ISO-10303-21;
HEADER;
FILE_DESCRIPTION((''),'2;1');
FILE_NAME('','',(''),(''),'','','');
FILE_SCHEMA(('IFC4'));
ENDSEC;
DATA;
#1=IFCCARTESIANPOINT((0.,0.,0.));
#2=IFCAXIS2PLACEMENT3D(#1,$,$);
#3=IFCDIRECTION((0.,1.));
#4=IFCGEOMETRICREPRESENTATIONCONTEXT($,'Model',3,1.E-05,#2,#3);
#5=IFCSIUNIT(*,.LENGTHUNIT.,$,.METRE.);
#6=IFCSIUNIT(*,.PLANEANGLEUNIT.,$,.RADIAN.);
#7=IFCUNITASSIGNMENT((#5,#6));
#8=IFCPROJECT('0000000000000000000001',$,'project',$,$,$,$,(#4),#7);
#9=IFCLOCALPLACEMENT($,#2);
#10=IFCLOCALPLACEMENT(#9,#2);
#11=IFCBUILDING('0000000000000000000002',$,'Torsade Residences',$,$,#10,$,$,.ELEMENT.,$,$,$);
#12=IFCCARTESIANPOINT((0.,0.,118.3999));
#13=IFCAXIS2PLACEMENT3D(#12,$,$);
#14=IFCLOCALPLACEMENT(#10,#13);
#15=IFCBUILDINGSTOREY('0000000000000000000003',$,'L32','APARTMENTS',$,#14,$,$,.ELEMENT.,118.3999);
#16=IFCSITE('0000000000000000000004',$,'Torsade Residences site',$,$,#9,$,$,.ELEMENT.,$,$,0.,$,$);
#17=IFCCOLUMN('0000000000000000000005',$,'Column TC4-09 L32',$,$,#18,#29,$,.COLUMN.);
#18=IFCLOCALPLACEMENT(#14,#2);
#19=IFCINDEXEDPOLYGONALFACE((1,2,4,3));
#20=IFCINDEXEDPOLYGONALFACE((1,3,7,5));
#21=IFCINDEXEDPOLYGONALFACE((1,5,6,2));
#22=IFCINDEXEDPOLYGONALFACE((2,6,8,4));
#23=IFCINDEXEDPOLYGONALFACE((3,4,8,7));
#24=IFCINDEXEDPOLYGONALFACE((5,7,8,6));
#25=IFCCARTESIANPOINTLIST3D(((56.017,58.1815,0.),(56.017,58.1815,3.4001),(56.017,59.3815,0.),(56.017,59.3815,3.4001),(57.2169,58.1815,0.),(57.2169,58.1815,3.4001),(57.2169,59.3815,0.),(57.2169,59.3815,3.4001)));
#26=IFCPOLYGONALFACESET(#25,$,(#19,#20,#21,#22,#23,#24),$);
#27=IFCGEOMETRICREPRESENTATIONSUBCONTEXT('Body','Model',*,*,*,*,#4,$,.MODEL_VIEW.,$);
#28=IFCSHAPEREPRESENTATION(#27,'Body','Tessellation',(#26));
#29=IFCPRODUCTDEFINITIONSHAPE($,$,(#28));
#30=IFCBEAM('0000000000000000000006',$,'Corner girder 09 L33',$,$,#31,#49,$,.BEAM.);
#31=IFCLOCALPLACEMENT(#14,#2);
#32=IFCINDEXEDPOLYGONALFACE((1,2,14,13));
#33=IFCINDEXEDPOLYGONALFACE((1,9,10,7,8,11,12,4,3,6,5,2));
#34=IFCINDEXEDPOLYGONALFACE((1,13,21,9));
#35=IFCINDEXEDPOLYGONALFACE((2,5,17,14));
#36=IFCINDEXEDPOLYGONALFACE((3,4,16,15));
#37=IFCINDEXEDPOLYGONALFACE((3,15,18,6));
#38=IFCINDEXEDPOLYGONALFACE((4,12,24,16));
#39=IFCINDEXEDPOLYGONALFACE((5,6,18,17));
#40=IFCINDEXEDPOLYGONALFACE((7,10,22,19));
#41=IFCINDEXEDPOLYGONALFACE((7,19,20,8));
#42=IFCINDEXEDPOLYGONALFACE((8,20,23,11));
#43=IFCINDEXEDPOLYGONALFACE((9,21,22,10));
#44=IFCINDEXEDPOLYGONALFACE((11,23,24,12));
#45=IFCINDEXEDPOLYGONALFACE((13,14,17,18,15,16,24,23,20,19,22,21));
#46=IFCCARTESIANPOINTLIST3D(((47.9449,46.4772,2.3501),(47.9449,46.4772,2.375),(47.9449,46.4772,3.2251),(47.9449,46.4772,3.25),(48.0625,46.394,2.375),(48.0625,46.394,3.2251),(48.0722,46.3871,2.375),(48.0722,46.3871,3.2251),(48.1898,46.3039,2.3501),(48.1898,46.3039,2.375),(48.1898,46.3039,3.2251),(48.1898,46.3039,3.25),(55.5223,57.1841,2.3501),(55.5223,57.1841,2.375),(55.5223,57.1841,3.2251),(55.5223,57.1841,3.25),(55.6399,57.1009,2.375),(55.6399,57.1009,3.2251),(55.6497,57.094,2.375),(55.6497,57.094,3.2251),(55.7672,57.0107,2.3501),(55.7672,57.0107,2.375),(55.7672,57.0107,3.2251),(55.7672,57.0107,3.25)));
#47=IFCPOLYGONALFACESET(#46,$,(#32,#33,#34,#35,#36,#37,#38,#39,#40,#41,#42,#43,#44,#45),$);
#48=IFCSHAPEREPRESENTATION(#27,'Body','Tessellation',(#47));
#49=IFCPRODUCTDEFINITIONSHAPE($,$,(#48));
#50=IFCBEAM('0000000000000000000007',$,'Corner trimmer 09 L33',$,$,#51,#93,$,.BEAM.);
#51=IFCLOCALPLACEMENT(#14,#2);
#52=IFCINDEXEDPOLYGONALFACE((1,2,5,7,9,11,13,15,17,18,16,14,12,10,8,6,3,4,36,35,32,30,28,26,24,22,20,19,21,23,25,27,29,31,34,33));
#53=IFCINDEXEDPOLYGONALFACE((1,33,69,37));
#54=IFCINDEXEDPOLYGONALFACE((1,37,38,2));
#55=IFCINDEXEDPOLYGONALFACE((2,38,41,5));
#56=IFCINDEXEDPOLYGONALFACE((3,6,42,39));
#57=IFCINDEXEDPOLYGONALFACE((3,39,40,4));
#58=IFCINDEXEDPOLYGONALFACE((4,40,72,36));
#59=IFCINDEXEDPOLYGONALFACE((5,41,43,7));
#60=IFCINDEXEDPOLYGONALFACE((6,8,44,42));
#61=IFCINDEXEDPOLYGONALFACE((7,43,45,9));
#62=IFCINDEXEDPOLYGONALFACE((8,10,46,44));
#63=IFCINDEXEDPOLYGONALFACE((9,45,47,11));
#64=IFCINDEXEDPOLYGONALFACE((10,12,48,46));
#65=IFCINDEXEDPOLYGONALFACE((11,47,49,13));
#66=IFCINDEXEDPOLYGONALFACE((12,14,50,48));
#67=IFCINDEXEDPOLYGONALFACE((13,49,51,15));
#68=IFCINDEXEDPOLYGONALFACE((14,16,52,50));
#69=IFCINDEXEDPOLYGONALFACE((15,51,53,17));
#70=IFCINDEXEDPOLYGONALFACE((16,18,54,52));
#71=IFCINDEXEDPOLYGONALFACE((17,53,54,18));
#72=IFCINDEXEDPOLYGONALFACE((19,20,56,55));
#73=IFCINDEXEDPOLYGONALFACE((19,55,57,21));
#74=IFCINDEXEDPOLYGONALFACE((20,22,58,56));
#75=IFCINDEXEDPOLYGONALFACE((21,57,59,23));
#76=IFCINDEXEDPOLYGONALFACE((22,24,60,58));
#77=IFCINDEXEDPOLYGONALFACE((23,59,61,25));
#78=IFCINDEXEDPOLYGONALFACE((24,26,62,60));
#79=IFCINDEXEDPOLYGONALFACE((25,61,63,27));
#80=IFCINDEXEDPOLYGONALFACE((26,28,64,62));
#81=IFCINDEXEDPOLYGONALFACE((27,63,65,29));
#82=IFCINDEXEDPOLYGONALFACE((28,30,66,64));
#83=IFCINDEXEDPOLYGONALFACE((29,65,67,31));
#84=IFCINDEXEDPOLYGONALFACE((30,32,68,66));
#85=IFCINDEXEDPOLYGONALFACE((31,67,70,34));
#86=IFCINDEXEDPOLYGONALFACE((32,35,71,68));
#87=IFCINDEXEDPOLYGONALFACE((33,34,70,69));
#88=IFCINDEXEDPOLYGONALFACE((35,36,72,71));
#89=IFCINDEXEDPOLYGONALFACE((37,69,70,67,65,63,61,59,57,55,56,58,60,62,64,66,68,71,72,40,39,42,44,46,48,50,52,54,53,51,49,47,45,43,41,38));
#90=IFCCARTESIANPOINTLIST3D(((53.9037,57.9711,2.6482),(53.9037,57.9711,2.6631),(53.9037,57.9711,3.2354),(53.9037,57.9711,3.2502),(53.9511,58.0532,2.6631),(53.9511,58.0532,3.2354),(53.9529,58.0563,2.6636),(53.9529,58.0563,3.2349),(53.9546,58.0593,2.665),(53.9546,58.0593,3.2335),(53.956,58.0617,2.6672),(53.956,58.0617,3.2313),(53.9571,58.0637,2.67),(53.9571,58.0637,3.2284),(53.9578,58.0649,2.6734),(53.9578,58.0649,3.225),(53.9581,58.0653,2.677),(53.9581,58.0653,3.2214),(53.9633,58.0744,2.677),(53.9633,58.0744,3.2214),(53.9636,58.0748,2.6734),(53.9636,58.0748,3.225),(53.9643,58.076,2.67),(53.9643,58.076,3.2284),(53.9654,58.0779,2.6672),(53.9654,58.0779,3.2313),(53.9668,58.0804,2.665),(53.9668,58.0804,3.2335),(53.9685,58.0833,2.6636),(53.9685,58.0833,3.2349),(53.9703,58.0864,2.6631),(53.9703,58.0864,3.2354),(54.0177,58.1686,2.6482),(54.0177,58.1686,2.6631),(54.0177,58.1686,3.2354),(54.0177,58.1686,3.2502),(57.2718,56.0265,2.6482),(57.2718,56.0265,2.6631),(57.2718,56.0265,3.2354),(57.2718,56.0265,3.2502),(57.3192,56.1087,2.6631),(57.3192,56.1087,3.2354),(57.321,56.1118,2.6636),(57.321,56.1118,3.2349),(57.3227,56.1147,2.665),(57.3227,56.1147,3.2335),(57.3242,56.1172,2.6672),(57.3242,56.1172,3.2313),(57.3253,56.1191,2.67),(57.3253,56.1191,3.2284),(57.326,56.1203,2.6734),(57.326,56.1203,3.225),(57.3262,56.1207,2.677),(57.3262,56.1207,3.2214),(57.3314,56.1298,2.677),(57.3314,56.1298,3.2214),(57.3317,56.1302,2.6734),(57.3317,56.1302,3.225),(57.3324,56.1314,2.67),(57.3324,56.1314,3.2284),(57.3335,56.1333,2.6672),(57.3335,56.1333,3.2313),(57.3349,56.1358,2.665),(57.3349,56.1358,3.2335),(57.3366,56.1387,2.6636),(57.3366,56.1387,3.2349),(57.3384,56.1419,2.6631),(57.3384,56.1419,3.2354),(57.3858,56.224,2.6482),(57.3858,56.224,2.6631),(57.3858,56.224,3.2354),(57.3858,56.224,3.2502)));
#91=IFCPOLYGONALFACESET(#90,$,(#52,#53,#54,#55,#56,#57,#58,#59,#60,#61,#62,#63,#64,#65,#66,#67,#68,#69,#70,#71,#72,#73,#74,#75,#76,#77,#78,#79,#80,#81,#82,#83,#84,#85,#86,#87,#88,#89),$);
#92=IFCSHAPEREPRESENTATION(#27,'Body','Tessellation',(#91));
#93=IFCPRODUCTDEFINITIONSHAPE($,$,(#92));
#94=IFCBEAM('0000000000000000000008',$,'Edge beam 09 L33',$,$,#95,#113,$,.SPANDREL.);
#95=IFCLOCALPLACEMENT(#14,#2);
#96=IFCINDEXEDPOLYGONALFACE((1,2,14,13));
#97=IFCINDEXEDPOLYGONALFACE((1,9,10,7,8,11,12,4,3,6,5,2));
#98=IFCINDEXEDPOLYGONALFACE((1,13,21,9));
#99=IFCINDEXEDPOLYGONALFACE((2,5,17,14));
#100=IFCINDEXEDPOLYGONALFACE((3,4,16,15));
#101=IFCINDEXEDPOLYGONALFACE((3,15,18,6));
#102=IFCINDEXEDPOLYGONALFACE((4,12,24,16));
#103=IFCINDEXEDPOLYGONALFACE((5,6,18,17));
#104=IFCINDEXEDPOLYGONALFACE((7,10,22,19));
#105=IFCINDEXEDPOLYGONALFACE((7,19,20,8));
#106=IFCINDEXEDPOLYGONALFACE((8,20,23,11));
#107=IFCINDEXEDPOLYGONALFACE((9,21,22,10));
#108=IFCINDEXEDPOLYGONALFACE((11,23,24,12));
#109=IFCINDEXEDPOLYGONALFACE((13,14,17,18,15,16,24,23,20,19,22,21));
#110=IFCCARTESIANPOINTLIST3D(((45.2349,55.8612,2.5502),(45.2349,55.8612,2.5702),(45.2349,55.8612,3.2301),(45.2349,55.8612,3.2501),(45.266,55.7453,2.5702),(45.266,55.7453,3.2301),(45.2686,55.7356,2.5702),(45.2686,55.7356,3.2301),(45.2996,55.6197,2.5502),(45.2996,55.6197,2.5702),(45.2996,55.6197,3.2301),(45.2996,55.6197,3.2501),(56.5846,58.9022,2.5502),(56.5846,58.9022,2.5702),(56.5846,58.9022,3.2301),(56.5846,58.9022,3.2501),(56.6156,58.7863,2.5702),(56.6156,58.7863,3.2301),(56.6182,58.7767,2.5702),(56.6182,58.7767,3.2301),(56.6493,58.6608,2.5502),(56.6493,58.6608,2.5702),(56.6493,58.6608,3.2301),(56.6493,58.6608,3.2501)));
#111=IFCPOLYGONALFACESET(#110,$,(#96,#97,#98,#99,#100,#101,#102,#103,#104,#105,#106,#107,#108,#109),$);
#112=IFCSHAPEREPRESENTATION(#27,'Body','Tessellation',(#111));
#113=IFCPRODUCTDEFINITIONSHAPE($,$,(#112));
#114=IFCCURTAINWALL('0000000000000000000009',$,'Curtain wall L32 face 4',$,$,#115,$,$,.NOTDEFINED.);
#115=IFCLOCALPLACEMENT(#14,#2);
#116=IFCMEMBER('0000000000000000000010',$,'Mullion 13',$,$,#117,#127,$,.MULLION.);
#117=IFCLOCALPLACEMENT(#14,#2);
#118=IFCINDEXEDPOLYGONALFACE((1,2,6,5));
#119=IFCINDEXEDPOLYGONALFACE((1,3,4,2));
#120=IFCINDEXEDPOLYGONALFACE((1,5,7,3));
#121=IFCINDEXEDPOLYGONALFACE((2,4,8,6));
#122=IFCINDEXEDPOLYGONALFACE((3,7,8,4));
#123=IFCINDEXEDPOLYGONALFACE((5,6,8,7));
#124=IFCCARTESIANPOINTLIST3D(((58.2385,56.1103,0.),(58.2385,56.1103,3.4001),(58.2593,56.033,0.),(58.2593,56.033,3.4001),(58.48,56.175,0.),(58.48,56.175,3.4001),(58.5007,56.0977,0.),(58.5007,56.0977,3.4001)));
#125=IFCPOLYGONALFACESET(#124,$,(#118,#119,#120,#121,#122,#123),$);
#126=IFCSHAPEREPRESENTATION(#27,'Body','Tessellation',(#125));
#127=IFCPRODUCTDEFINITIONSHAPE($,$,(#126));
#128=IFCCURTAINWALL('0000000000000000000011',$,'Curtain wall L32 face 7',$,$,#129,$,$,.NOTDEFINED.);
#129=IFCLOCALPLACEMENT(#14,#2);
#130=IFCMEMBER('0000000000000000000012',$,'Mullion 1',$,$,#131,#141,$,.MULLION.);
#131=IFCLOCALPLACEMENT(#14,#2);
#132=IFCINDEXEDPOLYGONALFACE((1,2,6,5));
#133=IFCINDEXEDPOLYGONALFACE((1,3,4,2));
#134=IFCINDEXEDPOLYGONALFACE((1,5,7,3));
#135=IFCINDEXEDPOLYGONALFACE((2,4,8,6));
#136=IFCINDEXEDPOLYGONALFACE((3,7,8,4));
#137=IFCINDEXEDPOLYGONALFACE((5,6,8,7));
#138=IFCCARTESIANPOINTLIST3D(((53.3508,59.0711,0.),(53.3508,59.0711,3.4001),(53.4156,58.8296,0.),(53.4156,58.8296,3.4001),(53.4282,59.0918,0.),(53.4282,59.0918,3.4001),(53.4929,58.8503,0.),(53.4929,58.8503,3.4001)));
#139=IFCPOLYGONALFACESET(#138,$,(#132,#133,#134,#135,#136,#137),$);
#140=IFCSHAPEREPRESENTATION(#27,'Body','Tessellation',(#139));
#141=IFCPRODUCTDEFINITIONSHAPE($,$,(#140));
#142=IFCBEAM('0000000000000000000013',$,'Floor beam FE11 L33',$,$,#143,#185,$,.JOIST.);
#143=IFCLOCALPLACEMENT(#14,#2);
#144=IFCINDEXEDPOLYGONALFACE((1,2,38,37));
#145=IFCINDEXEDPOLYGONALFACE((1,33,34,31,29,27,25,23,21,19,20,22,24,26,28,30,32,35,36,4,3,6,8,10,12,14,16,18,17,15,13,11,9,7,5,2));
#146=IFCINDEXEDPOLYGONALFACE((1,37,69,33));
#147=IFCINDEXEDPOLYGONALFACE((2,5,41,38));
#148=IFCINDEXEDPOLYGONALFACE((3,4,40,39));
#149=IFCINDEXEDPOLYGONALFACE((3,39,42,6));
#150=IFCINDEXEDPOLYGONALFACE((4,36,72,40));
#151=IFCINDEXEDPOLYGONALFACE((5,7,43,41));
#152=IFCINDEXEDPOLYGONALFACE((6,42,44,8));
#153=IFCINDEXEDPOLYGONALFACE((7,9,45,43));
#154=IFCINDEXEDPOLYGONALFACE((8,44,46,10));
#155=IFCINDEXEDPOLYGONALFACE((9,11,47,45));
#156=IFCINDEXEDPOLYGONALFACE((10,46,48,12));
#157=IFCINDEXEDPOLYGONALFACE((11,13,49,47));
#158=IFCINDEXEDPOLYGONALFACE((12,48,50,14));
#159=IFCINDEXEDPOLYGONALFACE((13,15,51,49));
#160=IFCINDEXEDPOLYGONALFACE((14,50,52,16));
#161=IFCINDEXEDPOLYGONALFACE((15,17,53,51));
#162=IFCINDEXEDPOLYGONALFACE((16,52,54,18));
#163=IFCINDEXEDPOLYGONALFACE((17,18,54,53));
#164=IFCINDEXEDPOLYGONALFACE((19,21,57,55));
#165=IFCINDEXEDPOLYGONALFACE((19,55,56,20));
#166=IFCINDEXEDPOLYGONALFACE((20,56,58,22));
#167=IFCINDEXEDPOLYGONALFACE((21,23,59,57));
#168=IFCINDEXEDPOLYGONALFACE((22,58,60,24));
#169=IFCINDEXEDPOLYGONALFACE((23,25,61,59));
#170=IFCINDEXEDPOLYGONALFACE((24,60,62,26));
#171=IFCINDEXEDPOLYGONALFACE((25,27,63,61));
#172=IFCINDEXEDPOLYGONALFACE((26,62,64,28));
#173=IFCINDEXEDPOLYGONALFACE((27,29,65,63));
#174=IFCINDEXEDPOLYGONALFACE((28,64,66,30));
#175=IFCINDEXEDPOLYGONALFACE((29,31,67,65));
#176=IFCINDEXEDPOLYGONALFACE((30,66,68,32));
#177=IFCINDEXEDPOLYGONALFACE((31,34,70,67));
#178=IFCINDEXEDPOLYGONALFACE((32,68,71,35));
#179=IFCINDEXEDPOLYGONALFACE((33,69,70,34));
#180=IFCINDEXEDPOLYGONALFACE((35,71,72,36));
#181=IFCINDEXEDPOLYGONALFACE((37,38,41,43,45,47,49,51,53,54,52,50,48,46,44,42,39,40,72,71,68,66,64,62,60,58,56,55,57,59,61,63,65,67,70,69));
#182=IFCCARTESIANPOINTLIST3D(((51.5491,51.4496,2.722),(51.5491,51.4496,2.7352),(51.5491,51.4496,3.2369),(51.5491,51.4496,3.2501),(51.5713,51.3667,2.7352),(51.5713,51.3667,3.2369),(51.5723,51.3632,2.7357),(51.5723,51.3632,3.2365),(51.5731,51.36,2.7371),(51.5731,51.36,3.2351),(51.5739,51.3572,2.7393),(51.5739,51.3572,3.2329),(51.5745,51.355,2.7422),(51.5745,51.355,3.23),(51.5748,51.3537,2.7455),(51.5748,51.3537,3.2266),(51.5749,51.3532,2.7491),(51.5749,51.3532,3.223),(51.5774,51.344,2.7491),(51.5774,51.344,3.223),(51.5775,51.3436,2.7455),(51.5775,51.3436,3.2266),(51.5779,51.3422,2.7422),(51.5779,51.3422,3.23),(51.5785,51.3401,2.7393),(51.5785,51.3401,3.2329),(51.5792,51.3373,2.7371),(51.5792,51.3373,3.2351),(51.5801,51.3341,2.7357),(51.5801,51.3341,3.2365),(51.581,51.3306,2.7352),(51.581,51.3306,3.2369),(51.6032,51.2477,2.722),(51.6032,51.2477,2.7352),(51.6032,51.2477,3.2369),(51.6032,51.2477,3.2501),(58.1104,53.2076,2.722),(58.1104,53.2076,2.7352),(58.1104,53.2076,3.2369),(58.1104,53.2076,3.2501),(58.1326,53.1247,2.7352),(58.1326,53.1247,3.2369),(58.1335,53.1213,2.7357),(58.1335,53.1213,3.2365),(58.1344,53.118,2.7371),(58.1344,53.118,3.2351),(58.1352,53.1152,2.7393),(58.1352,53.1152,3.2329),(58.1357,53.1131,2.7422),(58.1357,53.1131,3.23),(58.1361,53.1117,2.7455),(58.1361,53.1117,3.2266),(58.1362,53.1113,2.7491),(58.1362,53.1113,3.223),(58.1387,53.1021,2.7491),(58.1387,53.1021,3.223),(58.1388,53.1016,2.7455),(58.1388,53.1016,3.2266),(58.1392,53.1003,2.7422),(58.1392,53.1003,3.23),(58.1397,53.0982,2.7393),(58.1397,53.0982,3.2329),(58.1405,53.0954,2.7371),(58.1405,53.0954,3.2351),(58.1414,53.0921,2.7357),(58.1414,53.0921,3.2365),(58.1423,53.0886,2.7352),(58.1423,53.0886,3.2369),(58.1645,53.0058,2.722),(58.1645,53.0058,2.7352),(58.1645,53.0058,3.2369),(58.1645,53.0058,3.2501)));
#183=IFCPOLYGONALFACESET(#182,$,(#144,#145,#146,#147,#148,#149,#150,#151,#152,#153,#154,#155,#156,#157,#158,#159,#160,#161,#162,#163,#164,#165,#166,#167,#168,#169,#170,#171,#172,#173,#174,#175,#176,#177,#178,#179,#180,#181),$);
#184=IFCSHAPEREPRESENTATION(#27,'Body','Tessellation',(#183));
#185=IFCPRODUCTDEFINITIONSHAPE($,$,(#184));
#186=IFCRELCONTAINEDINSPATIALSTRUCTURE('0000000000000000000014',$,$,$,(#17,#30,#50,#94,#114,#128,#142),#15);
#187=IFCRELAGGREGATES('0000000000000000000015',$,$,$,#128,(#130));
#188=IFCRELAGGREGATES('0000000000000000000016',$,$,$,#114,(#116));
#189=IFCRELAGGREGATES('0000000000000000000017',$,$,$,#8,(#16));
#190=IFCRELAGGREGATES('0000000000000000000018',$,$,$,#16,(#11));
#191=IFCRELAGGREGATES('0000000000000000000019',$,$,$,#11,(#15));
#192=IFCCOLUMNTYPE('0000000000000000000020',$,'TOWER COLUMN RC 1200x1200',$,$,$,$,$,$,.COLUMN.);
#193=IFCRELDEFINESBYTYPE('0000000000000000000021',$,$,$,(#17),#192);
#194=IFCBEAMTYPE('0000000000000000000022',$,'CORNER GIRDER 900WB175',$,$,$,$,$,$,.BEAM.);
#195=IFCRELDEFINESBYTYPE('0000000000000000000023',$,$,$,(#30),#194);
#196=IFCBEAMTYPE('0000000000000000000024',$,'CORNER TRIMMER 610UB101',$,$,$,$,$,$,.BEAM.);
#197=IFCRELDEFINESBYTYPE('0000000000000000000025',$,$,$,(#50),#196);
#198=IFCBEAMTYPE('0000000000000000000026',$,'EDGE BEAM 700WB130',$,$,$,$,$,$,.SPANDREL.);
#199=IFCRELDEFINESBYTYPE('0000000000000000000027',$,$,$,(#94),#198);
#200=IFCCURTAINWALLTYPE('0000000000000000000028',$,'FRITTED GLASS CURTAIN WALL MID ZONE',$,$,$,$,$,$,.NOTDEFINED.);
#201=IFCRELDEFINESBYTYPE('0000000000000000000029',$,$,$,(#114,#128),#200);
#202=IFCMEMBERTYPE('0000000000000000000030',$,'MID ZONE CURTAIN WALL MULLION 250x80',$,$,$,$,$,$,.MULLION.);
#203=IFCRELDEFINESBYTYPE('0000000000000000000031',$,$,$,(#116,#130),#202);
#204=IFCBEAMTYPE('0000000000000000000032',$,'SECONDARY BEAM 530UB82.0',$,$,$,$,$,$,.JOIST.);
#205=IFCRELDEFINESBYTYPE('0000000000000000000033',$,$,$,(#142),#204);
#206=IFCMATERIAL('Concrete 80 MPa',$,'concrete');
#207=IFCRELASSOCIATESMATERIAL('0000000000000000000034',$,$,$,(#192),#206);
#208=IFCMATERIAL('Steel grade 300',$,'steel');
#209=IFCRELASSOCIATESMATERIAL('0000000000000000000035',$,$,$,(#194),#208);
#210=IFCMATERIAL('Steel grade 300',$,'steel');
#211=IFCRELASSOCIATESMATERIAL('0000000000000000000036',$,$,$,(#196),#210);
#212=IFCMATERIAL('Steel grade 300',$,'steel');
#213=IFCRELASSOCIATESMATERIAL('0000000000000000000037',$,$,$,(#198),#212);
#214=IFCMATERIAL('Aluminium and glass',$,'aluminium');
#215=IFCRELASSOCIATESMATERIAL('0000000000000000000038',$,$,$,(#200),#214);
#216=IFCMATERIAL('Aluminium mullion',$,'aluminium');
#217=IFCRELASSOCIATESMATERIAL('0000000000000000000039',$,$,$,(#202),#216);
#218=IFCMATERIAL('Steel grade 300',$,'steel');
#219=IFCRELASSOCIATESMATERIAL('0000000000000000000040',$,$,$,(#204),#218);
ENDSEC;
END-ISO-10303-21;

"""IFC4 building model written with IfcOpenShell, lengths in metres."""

from ifc_helpers import new_model, si_unit, direction, frame, origin, origin_2d, place, context, subcontext, project, spatial, rectangle, i_section, extrude, material, material_profile, profile_set, type_object, element, aggregate, save


model = new_model("IFC4")

# Units and contexts
model_context = context("Model", 3, precision=1e-05, world=origin(), true_north=direction((0.0, 1.0)))
body_context = subcontext(model_context, "Body", "Model", "MODEL_VIEW")
ifc_project = project(units=[si_unit("LENGTHUNIT", "METRE"), si_unit("PLANEANGLEUNIT", "RADIAN")], contexts=[model_context])

# Site, building, storey
site_placement = place(None, origin())
site = spatial("IfcSite", under=ifc_project, at=site_placement, Name="Torsade Residences site", CompositionType="ELEMENT", RefElevation=0.0)
building_placement = place(site_placement, origin())
building = spatial("IfcBuilding", under=site, at=building_placement, Name="Torsade Residences", CompositionType="ELEMENT")
storey_placement = place(building_placement, frame((0.0, 0.0, 118.3999)))
storey = spatial("IfcBuildingStorey", under=building, at=storey_placement, Name="L32", Description="APARTMENTS", CompositionType="ELEMENT", Elevation=118.3999)

# Column
ifc_material_1 = material(Name="Concrete 80 MPa", Category="concrete")
ifc_material_profile_1 = material_profile(ifc_material_1, rectangle(XDim=1.2, YDim=1.2, at=origin_2d()), Name="RC 1200x1200")
ifc_profile_set_1 = profile_set([ifc_material_profile_1], Name="Concrete 80 MPa")
column_type = type_object("IfcColumnType", Name="TOWER COLUMN RC 1200x1200", PredefinedType="COLUMN", material=ifc_profile_set_1)
column_placement = place(storey_placement, frame((56.6169, 58.7815, 0.0), z_axis=(0.0, 0.0, 1.0), x_axis=(1.0, 0.0, 0.0)))
element("IfcColumn", 1, at=column_placement, inside=storey, type_object=column_type, Name="Column TC4-09 L32", PredefinedType="COLUMN", context=body_context, shape_type="SweptSolid", body=[
    extrude(rectangle(XDim=1.2, YDim=1.2, at=origin_2d()), origin(), (0.0, 0.0, 1.0), 3.4001),
])

# Beams
ifc_material_2 = material(Name="Steel grade 300", Category="steel")
ifc_material_profile_2 = material_profile(ifc_material_2, i_section(OverallWidth=0.3, OverallDepth=0.8999, WebThickness=0.012, FlangeThickness=0.0249, at=origin_2d()), Name="900WB175")
ifc_profile_set_2 = profile_set([ifc_material_profile_2], Name="Steel grade 300")
beam_type_1 = type_object("IfcBeamType", Name="CORNER GIRDER 900WB175", PredefinedType="BEAM", material=ifc_profile_set_2)
beam_1_placement = place(storey_placement, frame((55.6448, 57.0974, 2.8), z_axis=(-0.577683, -0.816261, 0.0), x_axis=(0.816261, -0.577683, 0.0)))
element("IfcBeam", 2, at=beam_1_placement, inside=storey, type_object=beam_type_1, Name="Corner girder 09 L33", PredefinedType="BEAM", context=body_context, shape_type="SweptSolid", body=[
    extrude(i_section(OverallWidth=0.3, OverallDepth=0.8999, WebThickness=0.012, FlangeThickness=0.0249, at=origin_2d()), origin(), (0.0, 0.0, 1.0), 13.1169),
])
ifc_material_3 = material(Name="Steel grade 300", Category="steel")
ifc_material_profile_3 = material_profile(ifc_material_3, i_section(OverallWidth=0.228, OverallDepth=0.6021, WebThickness=0.0105, FlangeThickness=0.0149, FilletRadius=0.0139, at=origin_2d()), Name="610UB101")
ifc_profile_set_3 = profile_set([ifc_material_profile_3], Name="Steel grade 300")
beam_type_2 = type_object("IfcBeamType", Name="CORNER TRIMMER 610UB101", PredefinedType="BEAM", material=ifc_profile_set_3)
beam_2_placement = place(storey_placement, frame((53.9607, 58.0698, 2.9492), z_axis=(0.866029, -0.499994, 0.0), x_axis=(0.499994, 0.866029, 0.0)))
element("IfcBeam", 3, at=beam_2_placement, inside=storey, type_object=beam_type_2, Name="Corner trimmer 09 L33", PredefinedType="BEAM", context=body_context, shape_type="SweptSolid", body=[
    extrude(i_section(OverallWidth=0.228, OverallDepth=0.6021, WebThickness=0.0105, FlangeThickness=0.0149, FilletRadius=0.0139, at=origin_2d()), origin(), (0.0, 0.0, 1.0), 3.8892),
])
ifc_material_4 = material(Name="Steel grade 300", Category="steel")
ifc_material_profile_4 = material_profile(ifc_material_4, i_section(OverallWidth=0.25, OverallDepth=0.7, WebThickness=0.01, FlangeThickness=0.02, at=origin_2d()), Name="700WB130")
ifc_profile_set_4 = profile_set([ifc_material_profile_4], Name="Steel grade 300")
beam_type_3 = type_object("IfcBeamType", Name="EDGE BEAM 700WB130", PredefinedType="SPANDREL", material=ifc_profile_set_4)
beam_3_placement = place(storey_placement, frame((56.6169, 58.7815, 2.9001), z_axis=(-0.965928, -0.258811, 0.0), x_axis=(0.258811, -0.965928, 0.0)))
element("IfcBeam", 4, at=beam_3_placement, inside=storey, type_object=beam_type_3, Name="Edge beam 09 L33", PredefinedType="SPANDREL", context=body_context, shape_type="SweptSolid", body=[
    extrude(i_section(OverallWidth=0.25, OverallDepth=0.7, WebThickness=0.01, FlangeThickness=0.02, at=origin_2d()), origin(), (0.0, 0.0, 1.0), 11.75),
])

# Curtain walls, members
ifc_material_5 = material(Name="Aluminium and glass", Category="aluminium")
curtain_wall_type = type_object("IfcCurtainWallType", Name="FRITTED GLASS CURTAIN WALL MID ZONE", PredefinedType="NOTDEFINED", material=ifc_material_5)
curtain_wall_1_placement = place(storey_placement, origin())
curtain_wall_1 = element("IfcCurtainWall", 5, at=curtain_wall_1_placement, inside=storey, type_object=curtain_wall_type, Name="Curtain wall L32 face 4", PredefinedType="NOTDEFINED")
ifc_material_6 = material(Name="Aluminium mullion", Category="aluminium")
ifc_material_profile_5 = material_profile(ifc_material_6, rectangle(XDim=0.25, YDim=0.0801, at=origin_2d()), Name="MID ZONE CURTAIN WALL MULLION 250x80")
ifc_profile_set_5 = profile_set([ifc_material_profile_5], Name="Aluminium mullion")
member_type = type_object("IfcMemberType", Name="MID ZONE CURTAIN WALL MULLION 250x80", PredefinedType="MULLION", material=ifc_profile_set_5)
member_1_placement = place(storey_placement, frame((58.3696, 56.104, 0.0), z_axis=(0.0, 0.0, 1.0), x_axis=(-0.965926, -0.258819, 0.0)))
member_1 = element("IfcMember", 6, at=member_1_placement, type_object=member_type, Name="Mullion 13", PredefinedType="MULLION", context=body_context, shape_type="SweptSolid", body=[
    extrude(rectangle(XDim=0.25, YDim=0.0801, at=origin_2d()), origin(), (0.0, 0.0, 1.0), 3.4001),
])
curtain_wall_2_placement = place(storey_placement, origin())
curtain_wall_2 = element("IfcCurtainWall", 7, at=curtain_wall_2_placement, inside=storey, type_object=curtain_wall_type, Name="Curtain wall L32 face 7", PredefinedType="NOTDEFINED")
member_2_placement = place(storey_placement, frame((53.4219, 58.9607, 0.0), z_axis=(0.0, 0.0, 1.0), x_axis=(0.258819, -0.965926, 0.0)))
member_2 = element("IfcMember", 8, at=member_2_placement, type_object=member_type, Name="Mullion 1", PredefinedType="MULLION", context=body_context, shape_type="SweptSolid", body=[
    extrude(rectangle(XDim=0.25, YDim=0.0801, at=origin_2d()), origin(), (0.0, 0.0, 1.0), 3.4001),
])
aggregate(curtain_wall_2, [member_2])

# Beam
ifc_material_7 = material(Name="Steel grade 300", Category="steel")
ifc_material_profile_6 = material_profile(ifc_material_7, i_section(OverallWidth=0.209, OverallDepth=0.5281, WebThickness=0.0095, FlangeThickness=0.0132, FilletRadius=0.0139, at=origin_2d()), Name="530UB82.0")
ifc_profile_set_6 = profile_set([ifc_material_profile_6], Name="Steel grade 300")
beam_type_4 = type_object("IfcBeamType", Name="SECONDARY BEAM 530UB82.0", PredefinedType="JOIST", material=ifc_profile_set_6)
beam_4_placement = place(storey_placement, frame((58.1375, 53.1067, 2.9861), z_axis=(-0.965927, -0.258815, 0.0), x_axis=(0.258815, -0.965927, 0.0)))
element("IfcBeam", 9, at=beam_4_placement, inside=storey, type_object=beam_type_4, Name="Floor beam FE11 L33", PredefinedType="JOIST", context=body_context, shape_type="SweptSolid", body=[
    extrude(i_section(OverallWidth=0.209, OverallDepth=0.5281, WebThickness=0.0095, FlangeThickness=0.0132, FilletRadius=0.0139, at=origin_2d()), origin(), (0.0, 0.0, 1.0), 6.7927),
])

aggregate(curtain_wall_1, [member_1])

save(model, "model.ifc")
